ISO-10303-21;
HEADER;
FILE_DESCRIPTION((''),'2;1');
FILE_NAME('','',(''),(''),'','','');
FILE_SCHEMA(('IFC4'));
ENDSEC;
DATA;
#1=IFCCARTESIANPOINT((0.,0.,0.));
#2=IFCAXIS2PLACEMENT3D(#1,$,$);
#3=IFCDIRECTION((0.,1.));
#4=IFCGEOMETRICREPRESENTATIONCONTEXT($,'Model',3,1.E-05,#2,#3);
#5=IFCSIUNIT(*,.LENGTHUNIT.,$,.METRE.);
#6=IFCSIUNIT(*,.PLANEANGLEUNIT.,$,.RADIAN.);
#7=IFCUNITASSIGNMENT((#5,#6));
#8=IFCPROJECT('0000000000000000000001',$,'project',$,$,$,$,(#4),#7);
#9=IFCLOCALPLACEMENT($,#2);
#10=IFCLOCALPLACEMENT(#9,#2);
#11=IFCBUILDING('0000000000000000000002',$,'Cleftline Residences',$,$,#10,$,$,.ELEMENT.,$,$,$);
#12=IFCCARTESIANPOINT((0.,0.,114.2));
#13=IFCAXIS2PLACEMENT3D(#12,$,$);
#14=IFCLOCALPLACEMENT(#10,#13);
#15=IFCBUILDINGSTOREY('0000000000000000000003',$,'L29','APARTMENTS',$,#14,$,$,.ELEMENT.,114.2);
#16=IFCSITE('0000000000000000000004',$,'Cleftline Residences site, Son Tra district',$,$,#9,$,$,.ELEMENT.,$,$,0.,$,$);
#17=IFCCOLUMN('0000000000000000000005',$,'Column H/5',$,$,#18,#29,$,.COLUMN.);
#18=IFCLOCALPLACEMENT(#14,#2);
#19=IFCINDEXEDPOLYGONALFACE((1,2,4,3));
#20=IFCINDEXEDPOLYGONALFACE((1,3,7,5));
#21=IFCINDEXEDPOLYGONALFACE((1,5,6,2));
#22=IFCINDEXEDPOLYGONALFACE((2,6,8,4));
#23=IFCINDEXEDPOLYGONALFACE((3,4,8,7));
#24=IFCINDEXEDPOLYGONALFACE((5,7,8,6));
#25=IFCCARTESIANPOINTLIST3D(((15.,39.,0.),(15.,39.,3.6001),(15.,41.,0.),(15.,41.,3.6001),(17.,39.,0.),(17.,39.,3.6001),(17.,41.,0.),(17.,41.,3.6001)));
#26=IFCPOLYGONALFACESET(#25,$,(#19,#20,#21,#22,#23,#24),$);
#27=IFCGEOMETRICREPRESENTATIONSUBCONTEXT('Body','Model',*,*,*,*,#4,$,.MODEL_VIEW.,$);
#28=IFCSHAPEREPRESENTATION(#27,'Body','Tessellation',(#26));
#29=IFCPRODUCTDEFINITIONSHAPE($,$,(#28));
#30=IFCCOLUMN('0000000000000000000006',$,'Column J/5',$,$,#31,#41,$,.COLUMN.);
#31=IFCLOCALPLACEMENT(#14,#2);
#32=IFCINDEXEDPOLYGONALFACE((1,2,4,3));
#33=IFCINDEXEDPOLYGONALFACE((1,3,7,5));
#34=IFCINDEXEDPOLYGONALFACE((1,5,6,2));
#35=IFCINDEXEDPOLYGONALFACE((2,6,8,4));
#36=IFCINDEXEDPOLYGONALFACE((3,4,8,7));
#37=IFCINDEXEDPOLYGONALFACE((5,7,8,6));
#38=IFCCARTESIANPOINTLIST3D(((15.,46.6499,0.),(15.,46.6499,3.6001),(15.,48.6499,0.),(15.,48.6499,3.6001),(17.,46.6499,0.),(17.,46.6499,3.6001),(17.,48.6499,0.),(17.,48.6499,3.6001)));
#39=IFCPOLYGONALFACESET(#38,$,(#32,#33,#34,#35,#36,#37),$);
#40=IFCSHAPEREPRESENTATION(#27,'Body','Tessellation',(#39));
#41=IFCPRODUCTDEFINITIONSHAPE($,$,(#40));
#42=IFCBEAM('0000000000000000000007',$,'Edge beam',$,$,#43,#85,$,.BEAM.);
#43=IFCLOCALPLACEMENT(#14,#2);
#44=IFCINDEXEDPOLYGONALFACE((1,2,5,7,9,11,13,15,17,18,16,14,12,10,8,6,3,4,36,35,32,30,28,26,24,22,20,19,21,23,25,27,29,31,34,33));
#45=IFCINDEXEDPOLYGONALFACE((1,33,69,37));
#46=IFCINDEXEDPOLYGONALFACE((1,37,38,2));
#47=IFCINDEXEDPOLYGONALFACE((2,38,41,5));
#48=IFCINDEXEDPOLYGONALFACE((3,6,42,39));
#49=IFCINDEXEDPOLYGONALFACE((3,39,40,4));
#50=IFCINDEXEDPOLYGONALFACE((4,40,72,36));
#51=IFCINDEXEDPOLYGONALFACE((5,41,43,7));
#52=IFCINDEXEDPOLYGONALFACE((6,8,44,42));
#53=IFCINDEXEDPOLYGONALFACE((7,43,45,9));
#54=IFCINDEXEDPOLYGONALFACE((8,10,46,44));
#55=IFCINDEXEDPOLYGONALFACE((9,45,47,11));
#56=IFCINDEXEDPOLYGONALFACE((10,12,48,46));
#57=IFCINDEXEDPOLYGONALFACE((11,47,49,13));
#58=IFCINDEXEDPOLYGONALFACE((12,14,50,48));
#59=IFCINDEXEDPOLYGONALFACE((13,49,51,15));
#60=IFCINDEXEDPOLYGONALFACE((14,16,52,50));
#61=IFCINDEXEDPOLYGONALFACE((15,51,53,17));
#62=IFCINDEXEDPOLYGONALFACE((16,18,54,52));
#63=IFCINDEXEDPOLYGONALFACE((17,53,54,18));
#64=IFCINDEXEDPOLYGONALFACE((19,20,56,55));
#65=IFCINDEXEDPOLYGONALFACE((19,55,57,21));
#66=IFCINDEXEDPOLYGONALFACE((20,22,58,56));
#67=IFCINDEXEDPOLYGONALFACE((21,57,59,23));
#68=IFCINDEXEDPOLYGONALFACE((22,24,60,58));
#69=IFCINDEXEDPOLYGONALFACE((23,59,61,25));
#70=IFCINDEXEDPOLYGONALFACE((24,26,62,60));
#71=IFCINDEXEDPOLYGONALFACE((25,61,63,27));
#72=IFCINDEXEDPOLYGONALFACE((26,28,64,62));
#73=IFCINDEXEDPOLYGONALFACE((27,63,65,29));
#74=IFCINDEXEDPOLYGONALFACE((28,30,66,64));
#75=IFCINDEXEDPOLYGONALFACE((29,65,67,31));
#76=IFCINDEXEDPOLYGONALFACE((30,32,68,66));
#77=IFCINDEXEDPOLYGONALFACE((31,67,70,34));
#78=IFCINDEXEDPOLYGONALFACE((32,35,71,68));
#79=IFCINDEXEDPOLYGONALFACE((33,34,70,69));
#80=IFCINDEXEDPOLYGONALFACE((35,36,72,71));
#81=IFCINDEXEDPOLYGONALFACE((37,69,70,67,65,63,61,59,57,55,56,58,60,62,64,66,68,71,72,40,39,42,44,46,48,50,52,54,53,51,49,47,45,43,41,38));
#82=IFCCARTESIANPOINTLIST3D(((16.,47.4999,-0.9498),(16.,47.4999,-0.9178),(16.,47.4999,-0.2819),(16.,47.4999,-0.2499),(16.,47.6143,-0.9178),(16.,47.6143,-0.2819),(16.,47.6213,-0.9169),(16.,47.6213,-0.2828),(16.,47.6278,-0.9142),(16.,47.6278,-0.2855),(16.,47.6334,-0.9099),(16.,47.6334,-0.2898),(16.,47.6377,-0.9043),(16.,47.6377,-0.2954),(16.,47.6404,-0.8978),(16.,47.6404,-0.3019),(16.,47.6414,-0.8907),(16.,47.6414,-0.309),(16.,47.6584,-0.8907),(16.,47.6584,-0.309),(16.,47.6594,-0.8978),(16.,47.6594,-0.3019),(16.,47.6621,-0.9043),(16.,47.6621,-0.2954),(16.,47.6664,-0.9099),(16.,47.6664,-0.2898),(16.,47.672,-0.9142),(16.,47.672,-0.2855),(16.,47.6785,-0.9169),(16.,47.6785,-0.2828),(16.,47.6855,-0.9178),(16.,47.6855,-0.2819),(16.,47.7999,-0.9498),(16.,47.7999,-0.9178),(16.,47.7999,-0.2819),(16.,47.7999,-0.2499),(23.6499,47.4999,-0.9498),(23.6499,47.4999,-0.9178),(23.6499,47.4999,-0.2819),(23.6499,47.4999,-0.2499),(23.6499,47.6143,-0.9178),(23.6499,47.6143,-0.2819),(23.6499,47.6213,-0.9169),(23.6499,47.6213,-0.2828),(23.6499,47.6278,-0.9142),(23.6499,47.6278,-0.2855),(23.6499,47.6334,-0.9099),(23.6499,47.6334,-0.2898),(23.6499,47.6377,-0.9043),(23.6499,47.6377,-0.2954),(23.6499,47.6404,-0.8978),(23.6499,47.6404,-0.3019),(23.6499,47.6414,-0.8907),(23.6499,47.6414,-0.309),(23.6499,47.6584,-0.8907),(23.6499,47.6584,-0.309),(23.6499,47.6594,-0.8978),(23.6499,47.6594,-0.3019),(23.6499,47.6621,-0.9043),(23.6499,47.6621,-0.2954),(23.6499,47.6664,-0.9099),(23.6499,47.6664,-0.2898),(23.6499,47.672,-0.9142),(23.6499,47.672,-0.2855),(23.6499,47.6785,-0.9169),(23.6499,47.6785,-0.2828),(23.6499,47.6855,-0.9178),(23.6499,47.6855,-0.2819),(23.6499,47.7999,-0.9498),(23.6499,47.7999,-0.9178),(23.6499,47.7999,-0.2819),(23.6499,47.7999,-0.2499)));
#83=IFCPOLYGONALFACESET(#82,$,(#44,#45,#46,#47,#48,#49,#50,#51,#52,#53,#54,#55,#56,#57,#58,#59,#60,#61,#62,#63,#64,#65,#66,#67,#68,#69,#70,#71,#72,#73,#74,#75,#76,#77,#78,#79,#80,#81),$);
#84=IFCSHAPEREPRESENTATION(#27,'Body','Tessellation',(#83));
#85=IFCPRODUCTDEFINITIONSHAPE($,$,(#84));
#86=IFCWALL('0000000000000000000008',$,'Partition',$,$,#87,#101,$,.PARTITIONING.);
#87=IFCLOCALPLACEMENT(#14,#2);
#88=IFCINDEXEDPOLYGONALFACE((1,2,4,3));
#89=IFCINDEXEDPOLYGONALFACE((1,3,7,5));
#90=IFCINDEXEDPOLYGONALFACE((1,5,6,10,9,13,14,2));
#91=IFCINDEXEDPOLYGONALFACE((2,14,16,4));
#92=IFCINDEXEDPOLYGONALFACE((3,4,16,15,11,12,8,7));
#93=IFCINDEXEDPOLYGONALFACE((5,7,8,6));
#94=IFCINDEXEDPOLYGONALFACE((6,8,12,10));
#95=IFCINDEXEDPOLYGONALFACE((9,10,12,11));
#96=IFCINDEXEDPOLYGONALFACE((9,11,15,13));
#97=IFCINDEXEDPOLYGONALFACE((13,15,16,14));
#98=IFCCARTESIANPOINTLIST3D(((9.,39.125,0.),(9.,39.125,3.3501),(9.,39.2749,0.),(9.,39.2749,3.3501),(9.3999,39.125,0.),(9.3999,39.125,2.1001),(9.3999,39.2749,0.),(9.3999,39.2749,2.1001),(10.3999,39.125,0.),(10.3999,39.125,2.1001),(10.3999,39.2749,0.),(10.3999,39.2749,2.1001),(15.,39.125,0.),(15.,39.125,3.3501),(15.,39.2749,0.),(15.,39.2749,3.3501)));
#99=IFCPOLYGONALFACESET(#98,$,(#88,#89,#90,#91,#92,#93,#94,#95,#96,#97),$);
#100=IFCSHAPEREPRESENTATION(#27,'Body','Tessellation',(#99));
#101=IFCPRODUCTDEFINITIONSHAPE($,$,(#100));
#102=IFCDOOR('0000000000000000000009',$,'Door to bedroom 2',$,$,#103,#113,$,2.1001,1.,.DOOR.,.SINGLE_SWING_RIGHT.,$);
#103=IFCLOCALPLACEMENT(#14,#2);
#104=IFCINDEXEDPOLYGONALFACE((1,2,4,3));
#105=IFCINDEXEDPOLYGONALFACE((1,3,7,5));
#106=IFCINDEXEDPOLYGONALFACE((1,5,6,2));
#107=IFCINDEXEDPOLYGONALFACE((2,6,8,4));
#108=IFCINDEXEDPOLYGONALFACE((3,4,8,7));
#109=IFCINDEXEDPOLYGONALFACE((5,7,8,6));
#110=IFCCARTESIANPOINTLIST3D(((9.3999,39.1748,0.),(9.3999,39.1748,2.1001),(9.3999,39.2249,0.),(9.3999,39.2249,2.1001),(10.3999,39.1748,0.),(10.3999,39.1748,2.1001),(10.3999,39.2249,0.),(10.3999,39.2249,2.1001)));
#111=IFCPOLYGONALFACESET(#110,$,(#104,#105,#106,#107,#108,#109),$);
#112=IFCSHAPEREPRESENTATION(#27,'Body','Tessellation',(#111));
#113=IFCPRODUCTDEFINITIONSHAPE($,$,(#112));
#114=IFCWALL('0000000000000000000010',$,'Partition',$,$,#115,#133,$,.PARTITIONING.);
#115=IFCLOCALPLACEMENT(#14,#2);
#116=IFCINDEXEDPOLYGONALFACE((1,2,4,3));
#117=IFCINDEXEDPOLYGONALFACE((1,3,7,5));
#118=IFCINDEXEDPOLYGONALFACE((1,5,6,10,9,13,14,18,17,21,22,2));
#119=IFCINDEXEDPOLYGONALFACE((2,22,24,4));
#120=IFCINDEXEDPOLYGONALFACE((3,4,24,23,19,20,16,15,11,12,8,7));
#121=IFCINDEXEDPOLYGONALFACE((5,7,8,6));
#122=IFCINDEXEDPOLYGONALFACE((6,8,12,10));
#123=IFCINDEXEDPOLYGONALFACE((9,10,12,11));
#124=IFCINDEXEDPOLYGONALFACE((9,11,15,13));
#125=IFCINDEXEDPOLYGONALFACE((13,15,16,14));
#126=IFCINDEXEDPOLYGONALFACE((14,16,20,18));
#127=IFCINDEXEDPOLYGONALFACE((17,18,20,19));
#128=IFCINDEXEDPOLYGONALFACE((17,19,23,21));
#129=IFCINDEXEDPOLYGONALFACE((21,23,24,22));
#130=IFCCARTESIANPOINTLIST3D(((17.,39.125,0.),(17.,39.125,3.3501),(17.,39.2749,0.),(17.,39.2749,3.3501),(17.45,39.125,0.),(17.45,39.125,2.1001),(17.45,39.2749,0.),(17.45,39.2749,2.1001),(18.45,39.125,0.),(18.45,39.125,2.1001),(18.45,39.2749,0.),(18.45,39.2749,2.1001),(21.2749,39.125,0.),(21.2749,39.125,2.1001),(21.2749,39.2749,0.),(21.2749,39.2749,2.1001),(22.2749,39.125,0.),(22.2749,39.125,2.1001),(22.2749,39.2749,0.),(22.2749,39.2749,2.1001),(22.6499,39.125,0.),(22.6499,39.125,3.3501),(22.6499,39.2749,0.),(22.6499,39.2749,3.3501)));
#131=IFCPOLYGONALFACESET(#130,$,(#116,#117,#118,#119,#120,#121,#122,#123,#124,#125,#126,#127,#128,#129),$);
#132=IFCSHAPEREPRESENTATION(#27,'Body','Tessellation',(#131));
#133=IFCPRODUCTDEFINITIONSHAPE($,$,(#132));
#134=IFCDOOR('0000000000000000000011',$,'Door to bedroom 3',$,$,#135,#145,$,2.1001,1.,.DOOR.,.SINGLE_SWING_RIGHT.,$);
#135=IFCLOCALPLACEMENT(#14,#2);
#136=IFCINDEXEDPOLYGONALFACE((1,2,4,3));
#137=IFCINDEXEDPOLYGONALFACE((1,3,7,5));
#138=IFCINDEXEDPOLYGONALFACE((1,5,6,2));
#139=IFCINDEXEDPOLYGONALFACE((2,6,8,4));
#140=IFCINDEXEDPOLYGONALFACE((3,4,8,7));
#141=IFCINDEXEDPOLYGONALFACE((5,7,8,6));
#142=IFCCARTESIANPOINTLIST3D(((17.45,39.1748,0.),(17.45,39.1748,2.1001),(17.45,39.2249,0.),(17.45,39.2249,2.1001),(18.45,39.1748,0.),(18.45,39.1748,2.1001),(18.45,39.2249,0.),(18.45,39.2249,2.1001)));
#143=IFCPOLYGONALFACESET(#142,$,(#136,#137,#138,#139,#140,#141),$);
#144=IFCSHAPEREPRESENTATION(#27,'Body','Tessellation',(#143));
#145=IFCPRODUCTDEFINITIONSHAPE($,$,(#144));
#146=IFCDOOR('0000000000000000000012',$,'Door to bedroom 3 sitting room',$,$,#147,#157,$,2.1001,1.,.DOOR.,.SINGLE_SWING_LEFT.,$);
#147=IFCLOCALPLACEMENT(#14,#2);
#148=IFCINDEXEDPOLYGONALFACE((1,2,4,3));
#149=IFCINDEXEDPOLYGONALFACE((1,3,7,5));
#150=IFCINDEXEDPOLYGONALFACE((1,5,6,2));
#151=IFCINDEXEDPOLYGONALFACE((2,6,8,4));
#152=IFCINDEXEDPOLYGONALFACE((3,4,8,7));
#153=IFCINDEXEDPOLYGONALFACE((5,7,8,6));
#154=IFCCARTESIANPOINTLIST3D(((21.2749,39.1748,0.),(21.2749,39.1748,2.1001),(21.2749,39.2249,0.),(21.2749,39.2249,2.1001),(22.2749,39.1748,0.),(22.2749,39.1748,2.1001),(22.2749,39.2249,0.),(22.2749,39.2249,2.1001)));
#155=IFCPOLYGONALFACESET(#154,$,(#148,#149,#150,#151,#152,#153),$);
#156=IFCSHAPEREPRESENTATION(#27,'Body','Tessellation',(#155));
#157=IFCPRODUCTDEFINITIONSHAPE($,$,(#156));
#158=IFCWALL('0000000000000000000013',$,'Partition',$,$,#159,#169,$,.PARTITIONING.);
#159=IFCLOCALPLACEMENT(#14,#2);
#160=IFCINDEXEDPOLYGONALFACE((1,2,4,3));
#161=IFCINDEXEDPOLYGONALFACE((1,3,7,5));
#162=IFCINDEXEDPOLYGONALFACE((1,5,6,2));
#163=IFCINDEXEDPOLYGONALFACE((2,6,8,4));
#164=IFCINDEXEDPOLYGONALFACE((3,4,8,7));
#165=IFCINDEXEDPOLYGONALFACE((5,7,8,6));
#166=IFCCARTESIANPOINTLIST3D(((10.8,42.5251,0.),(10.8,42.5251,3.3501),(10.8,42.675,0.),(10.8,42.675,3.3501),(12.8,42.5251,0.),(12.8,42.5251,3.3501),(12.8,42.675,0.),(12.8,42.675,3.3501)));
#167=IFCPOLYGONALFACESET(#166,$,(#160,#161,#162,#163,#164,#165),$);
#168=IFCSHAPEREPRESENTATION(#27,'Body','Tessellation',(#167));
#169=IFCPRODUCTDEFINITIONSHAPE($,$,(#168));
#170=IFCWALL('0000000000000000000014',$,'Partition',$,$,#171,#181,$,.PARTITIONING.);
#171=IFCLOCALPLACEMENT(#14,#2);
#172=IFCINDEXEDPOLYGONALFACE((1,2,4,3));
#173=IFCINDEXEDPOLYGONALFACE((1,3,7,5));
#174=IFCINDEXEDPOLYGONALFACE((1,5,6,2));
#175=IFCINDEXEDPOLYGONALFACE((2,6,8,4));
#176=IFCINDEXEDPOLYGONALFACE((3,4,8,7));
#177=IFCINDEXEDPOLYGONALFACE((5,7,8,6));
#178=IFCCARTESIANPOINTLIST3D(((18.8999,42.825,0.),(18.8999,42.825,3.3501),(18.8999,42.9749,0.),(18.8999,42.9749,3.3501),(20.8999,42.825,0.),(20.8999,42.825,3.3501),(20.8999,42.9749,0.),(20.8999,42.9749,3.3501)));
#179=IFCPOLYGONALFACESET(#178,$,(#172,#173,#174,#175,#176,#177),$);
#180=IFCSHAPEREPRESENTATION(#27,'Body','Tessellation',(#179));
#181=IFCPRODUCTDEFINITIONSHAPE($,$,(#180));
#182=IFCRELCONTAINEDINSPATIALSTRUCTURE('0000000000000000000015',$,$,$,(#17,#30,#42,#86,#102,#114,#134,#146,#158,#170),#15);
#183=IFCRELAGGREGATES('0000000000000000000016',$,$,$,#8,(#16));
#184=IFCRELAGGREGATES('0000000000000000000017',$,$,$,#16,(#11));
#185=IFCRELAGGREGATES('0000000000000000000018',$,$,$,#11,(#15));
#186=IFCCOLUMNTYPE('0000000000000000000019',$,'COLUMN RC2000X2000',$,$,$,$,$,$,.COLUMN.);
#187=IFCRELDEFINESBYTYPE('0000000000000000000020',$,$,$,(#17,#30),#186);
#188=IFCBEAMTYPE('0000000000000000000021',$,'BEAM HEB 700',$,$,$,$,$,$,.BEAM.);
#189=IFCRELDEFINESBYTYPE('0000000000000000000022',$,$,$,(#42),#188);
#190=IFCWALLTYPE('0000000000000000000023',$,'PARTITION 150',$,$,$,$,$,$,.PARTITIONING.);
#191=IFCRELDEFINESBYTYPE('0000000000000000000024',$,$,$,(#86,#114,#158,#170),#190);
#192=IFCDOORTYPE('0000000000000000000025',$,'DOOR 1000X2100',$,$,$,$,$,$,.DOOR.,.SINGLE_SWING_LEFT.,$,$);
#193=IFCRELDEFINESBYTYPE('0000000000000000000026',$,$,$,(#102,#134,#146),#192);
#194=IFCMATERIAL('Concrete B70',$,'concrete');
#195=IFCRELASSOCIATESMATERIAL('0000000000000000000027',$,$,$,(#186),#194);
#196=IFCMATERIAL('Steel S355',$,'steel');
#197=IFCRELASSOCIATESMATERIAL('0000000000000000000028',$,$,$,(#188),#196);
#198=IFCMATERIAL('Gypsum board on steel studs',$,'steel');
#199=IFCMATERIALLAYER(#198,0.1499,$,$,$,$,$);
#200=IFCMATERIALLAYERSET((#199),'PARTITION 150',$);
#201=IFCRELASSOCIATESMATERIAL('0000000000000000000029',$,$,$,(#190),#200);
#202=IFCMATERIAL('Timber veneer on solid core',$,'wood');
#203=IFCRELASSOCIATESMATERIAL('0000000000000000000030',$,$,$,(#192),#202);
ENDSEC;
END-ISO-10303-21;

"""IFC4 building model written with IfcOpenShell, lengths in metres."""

from ifc_helpers import new_model, si_unit, direction, frame, frame_2d, origin, origin_2d, place, context, subcontext, project, spatial, rectangle, i_section, extrude, material, layer, layer_set, material_profile, profile_set, type_object, element, fill, save


model = new_model("IFC4")

# Units and contexts
model_context = context("Model", 3, precision=1e-05, world=origin(), true_north=direction((0.0, 1.0)))
body_context = subcontext(model_context, "Body", "Model", "MODEL_VIEW")
ifc_project = project(units=[si_unit("LENGTHUNIT", "METRE"), si_unit("PLANEANGLEUNIT", "RADIAN")], contexts=[model_context])

# Site, building, storey
site_placement = place(None, origin())
site = spatial("IfcSite", under=ifc_project, at=site_placement, Name="Cleftline Residences site, Son Tra district", CompositionType="ELEMENT", RefElevation=0.0)
building_placement = place(site_placement, origin())
building = spatial("IfcBuilding", under=site, at=building_placement, Name="Cleftline Residences", CompositionType="ELEMENT")
storey_placement = place(building_placement, frame((0.0, 0.0, 114.2)))
storey = spatial("IfcBuildingStorey", under=building, at=storey_placement, Name="L29", Description="APARTMENTS", CompositionType="ELEMENT", Elevation=114.2)

# Columns
ifc_material_1 = material(Name="Concrete B70", Category="concrete")
ifc_material_profile_1 = material_profile(ifc_material_1, rectangle(XDim=2.0, YDim=2.0, at=origin_2d()))
ifc_profile_set_1 = profile_set([ifc_material_profile_1], Name="Concrete B70")
column_type = type_object("IfcColumnType", Name="COLUMN RC2000X2000", PredefinedType="COLUMN", material=ifc_profile_set_1)
for number, where, z_axis, x_axis, name in (
    (1, (16.0, 40.0, 0.0), (0.0, 0.0, 1.0), (1.0, 0.0, 0.0), "Column H/5"),
    (2, (16.0, 47.6499, 0.0), (0.0, 0.0, 1.0), (1.0, 0.0, 0.0), "Column J/5"),
):
    element("IfcColumn", number, at=place(storey_placement, frame(where, z_axis=z_axis, x_axis=x_axis)), inside=storey, type_object=column_type, Name=name, PredefinedType="COLUMN", context=body_context, shape_type="SweptSolid", body=[
        extrude(rectangle(XDim=2.0, YDim=2.0, at=origin_2d()), origin(), (0.0, 0.0, 1.0), 3.6001),
    ])

# Beam
ifc_material_2 = material(Name="Steel S355", Category="steel")
ifc_material_profile_2 = material_profile(ifc_material_2, i_section(OverallWidth=0.3, OverallDepth=0.7, WebThickness=0.0171, FlangeThickness=0.032, FilletRadius=0.0271, at=origin_2d()))
ifc_profile_set_2 = profile_set([ifc_material_profile_2], Name="Steel S355")
beam_type = type_object("IfcBeamType", Name="BEAM HEB 700", PredefinedType="BEAM", material=ifc_profile_set_2)
beam_placement = place(storey_placement, frame((16.0, 47.6499, -0.5999), z_axis=(1.0, 0.0, 0.0), x_axis=(0.0, 1.0, 0.0)))
element("IfcBeam", 3, at=beam_placement, inside=storey, type_object=beam_type, Name="Edge beam", PredefinedType="BEAM", context=body_context, shape_type="SweptSolid", body=[
    extrude(i_section(OverallWidth=0.3, OverallDepth=0.7, WebThickness=0.0171, FlangeThickness=0.032, FilletRadius=0.0271, at=origin_2d()), origin(), (0.0, 0.0, 1.0), 7.6499),
])

# Wall, opening, door
ifc_material_3 = material(Name="Gypsum board on steel studs", Category="steel")
ifc_layer = layer(ifc_material_3, 0.1499)
ifc_layer_set = layer_set([ifc_layer], Name="PARTITION 150")
wall_type = type_object("IfcWallType", Name="PARTITION 150", PredefinedType="PARTITIONING", material=ifc_layer_set)
wall_1_placement = place(storey_placement, frame((9.0, 39.2, 0.0), z_axis=(0.0, 0.0, 1.0), x_axis=(1.0, 0.0, 0.0)))
wall_1 = element("IfcWall", 4, at=wall_1_placement, inside=storey, type_object=wall_type, Name="Partition", PredefinedType="PARTITIONING", context=body_context, shape_type="SweptSolid", body=[
    extrude(rectangle(XDim=6.0, YDim=0.1499, at=frame_2d((3.0, 0.0))), origin(), (0.0, 0.0, 1.0), 3.3501),
])
opening_1_placement = place(wall_1_placement, frame((0.3999, 0.0, 0.0)))
opening_1 = element("IfcOpeningElement", 5, at=opening_1_placement, cuts=wall_1, PredefinedType="OPENING", context=body_context, shape_type="SweptSolid", body=[
    extrude(rectangle(XDim=1.0, YDim=2.1001, at=frame_2d((0.5, 1.05))), frame((0.0, 0.085, 0.0), z_axis=(0.0, -1.0, 0.0), x_axis=(1.0, 0.0, 0.0)), (0.0, 0.0, 1.0), 0.1699),
])
ifc_material_4 = material(Name="Timber veneer on solid core", Category="wood")
door_type_1 = type_object("IfcDoorType", Name="DOOR 1000X2100", OperationType="SINGLE_SWING_LEFT", PredefinedType="DOOR", material=ifc_material_4)
door_1_placement = place(opening_1_placement, origin())
door_1 = element("IfcDoor", 6, at=door_1_placement, inside=storey, type_object=door_type_1, Name="Door to bedroom 2", OperationType="SINGLE_SWING_RIGHT", OverallHeight=2.1001, OverallWidth=1.0, PredefinedType="DOOR", context=body_context, shape_type="SweptSolid", body=[
    extrude(rectangle(XDim=1.0, YDim=2.1001, at=frame_2d((0.5, 1.05))), frame((0.0, 0.0249, 0.0), z_axis=(0.0, -1.0, 0.0), x_axis=(1.0, 0.0, 0.0)), (0.0, 0.0, 1.0), 0.05),
])
fill(opening_1, door_1)

# Wall, openings, doors
wall_2_placement = place(storey_placement, frame((17.0, 39.2, 0.0), z_axis=(0.0, 0.0, 1.0), x_axis=(1.0, 0.0, 0.0)))
wall_2 = element("IfcWall", 7, at=wall_2_placement, inside=storey, type_object=wall_type, Name="Partition", PredefinedType="PARTITIONING", context=body_context, shape_type="SweptSolid", body=[
    extrude(rectangle(XDim=5.6499, YDim=0.1499, at=frame_2d((2.825, 0.0))), origin(), (0.0, 0.0, 1.0), 3.3501),
])
opening_2_placement = place(wall_2_placement, frame((0.45, 0.0, 0.0)))
opening_2 = element("IfcOpeningElement", 8, at=opening_2_placement, cuts=wall_2, PredefinedType="OPENING", context=body_context, shape_type="SweptSolid", body=[
    extrude(rectangle(XDim=1.0, YDim=2.1001, at=frame_2d((0.5, 1.05))), frame((0.0, 0.085, 0.0), z_axis=(0.0, -1.0, 0.0), x_axis=(1.0, 0.0, 0.0)), (0.0, 0.0, 1.0), 0.1699),
])
opening_3_placement = place(wall_2_placement, frame((4.2749, 0.0, 0.0)))
opening_3 = element("IfcOpeningElement", 9, at=opening_3_placement, cuts=wall_2, PredefinedType="OPENING", context=body_context, shape_type="SweptSolid", body=[
    extrude(rectangle(XDim=1.0, YDim=2.1001, at=frame_2d((0.5, 1.05))), frame((0.0, 0.085, 0.0), z_axis=(0.0, -1.0, 0.0), x_axis=(1.0, 0.0, 0.0)), (0.0, 0.0, 1.0), 0.1699),
])
door_2_placement = place(opening_2_placement, origin())
door_2 = element("IfcDoor", 10, at=door_2_placement, inside=storey, type_object=door_type_1, Name="Door to bedroom 3", OperationType="SINGLE_SWING_RIGHT", OverallHeight=2.1001, OverallWidth=1.0, PredefinedType="DOOR", context=body_context, shape_type="SweptSolid", body=[
    extrude(rectangle(XDim=1.0, YDim=2.1001, at=frame_2d((0.5, 1.05))), frame((0.0, 0.0249, 0.0), z_axis=(0.0, -1.0, 0.0), x_axis=(1.0, 0.0, 0.0)), (0.0, 0.0, 1.0), 0.05),
])
fill(opening_2, door_2)
door_3_placement = place(opening_3_placement, origin())
door_3 = element("IfcDoor", 11, at=door_3_placement, inside=storey, type_object=door_type_1, Name="Door to bedroom 3 sitting room", OperationType="SINGLE_SWING_LEFT", OverallHeight=2.1001, OverallWidth=1.0, PredefinedType="DOOR", context=body_context, shape_type="SweptSolid", body=[
    extrude(rectangle(XDim=1.0, YDim=2.1001, at=frame_2d((0.5, 1.05))), frame((0.0, 0.0249, 0.0), z_axis=(0.0, -1.0, 0.0), x_axis=(1.0, 0.0, 0.0)), (0.0, 0.0, 1.0), 0.05),
])
fill(opening_3, door_3)

# Walls
for number, where, z_axis, x_axis, name in (
    (12, (10.8, 42.6001, 0.0), (0.0, 0.0, 1.0), (1.0, 0.0, 0.0), "Partition"),
    (13, (18.8999, 42.8999, 0.0), (0.0, 0.0, 1.0), (1.0, 0.0, 0.0), "Partition"),
):
    element("IfcWall", number, at=place(storey_placement, frame(where, z_axis=z_axis, x_axis=x_axis)), inside=storey, type_object=wall_type, Name=name, PredefinedType="PARTITIONING", context=body_context, shape_type="SweptSolid", body=[
        extrude(rectangle(XDim=2.0, YDim=0.1499, at=frame_2d((1.0, 0.0))), origin(), (0.0, 0.0, 1.0), 3.3501),
    ])

save(model, "model.ifc")
